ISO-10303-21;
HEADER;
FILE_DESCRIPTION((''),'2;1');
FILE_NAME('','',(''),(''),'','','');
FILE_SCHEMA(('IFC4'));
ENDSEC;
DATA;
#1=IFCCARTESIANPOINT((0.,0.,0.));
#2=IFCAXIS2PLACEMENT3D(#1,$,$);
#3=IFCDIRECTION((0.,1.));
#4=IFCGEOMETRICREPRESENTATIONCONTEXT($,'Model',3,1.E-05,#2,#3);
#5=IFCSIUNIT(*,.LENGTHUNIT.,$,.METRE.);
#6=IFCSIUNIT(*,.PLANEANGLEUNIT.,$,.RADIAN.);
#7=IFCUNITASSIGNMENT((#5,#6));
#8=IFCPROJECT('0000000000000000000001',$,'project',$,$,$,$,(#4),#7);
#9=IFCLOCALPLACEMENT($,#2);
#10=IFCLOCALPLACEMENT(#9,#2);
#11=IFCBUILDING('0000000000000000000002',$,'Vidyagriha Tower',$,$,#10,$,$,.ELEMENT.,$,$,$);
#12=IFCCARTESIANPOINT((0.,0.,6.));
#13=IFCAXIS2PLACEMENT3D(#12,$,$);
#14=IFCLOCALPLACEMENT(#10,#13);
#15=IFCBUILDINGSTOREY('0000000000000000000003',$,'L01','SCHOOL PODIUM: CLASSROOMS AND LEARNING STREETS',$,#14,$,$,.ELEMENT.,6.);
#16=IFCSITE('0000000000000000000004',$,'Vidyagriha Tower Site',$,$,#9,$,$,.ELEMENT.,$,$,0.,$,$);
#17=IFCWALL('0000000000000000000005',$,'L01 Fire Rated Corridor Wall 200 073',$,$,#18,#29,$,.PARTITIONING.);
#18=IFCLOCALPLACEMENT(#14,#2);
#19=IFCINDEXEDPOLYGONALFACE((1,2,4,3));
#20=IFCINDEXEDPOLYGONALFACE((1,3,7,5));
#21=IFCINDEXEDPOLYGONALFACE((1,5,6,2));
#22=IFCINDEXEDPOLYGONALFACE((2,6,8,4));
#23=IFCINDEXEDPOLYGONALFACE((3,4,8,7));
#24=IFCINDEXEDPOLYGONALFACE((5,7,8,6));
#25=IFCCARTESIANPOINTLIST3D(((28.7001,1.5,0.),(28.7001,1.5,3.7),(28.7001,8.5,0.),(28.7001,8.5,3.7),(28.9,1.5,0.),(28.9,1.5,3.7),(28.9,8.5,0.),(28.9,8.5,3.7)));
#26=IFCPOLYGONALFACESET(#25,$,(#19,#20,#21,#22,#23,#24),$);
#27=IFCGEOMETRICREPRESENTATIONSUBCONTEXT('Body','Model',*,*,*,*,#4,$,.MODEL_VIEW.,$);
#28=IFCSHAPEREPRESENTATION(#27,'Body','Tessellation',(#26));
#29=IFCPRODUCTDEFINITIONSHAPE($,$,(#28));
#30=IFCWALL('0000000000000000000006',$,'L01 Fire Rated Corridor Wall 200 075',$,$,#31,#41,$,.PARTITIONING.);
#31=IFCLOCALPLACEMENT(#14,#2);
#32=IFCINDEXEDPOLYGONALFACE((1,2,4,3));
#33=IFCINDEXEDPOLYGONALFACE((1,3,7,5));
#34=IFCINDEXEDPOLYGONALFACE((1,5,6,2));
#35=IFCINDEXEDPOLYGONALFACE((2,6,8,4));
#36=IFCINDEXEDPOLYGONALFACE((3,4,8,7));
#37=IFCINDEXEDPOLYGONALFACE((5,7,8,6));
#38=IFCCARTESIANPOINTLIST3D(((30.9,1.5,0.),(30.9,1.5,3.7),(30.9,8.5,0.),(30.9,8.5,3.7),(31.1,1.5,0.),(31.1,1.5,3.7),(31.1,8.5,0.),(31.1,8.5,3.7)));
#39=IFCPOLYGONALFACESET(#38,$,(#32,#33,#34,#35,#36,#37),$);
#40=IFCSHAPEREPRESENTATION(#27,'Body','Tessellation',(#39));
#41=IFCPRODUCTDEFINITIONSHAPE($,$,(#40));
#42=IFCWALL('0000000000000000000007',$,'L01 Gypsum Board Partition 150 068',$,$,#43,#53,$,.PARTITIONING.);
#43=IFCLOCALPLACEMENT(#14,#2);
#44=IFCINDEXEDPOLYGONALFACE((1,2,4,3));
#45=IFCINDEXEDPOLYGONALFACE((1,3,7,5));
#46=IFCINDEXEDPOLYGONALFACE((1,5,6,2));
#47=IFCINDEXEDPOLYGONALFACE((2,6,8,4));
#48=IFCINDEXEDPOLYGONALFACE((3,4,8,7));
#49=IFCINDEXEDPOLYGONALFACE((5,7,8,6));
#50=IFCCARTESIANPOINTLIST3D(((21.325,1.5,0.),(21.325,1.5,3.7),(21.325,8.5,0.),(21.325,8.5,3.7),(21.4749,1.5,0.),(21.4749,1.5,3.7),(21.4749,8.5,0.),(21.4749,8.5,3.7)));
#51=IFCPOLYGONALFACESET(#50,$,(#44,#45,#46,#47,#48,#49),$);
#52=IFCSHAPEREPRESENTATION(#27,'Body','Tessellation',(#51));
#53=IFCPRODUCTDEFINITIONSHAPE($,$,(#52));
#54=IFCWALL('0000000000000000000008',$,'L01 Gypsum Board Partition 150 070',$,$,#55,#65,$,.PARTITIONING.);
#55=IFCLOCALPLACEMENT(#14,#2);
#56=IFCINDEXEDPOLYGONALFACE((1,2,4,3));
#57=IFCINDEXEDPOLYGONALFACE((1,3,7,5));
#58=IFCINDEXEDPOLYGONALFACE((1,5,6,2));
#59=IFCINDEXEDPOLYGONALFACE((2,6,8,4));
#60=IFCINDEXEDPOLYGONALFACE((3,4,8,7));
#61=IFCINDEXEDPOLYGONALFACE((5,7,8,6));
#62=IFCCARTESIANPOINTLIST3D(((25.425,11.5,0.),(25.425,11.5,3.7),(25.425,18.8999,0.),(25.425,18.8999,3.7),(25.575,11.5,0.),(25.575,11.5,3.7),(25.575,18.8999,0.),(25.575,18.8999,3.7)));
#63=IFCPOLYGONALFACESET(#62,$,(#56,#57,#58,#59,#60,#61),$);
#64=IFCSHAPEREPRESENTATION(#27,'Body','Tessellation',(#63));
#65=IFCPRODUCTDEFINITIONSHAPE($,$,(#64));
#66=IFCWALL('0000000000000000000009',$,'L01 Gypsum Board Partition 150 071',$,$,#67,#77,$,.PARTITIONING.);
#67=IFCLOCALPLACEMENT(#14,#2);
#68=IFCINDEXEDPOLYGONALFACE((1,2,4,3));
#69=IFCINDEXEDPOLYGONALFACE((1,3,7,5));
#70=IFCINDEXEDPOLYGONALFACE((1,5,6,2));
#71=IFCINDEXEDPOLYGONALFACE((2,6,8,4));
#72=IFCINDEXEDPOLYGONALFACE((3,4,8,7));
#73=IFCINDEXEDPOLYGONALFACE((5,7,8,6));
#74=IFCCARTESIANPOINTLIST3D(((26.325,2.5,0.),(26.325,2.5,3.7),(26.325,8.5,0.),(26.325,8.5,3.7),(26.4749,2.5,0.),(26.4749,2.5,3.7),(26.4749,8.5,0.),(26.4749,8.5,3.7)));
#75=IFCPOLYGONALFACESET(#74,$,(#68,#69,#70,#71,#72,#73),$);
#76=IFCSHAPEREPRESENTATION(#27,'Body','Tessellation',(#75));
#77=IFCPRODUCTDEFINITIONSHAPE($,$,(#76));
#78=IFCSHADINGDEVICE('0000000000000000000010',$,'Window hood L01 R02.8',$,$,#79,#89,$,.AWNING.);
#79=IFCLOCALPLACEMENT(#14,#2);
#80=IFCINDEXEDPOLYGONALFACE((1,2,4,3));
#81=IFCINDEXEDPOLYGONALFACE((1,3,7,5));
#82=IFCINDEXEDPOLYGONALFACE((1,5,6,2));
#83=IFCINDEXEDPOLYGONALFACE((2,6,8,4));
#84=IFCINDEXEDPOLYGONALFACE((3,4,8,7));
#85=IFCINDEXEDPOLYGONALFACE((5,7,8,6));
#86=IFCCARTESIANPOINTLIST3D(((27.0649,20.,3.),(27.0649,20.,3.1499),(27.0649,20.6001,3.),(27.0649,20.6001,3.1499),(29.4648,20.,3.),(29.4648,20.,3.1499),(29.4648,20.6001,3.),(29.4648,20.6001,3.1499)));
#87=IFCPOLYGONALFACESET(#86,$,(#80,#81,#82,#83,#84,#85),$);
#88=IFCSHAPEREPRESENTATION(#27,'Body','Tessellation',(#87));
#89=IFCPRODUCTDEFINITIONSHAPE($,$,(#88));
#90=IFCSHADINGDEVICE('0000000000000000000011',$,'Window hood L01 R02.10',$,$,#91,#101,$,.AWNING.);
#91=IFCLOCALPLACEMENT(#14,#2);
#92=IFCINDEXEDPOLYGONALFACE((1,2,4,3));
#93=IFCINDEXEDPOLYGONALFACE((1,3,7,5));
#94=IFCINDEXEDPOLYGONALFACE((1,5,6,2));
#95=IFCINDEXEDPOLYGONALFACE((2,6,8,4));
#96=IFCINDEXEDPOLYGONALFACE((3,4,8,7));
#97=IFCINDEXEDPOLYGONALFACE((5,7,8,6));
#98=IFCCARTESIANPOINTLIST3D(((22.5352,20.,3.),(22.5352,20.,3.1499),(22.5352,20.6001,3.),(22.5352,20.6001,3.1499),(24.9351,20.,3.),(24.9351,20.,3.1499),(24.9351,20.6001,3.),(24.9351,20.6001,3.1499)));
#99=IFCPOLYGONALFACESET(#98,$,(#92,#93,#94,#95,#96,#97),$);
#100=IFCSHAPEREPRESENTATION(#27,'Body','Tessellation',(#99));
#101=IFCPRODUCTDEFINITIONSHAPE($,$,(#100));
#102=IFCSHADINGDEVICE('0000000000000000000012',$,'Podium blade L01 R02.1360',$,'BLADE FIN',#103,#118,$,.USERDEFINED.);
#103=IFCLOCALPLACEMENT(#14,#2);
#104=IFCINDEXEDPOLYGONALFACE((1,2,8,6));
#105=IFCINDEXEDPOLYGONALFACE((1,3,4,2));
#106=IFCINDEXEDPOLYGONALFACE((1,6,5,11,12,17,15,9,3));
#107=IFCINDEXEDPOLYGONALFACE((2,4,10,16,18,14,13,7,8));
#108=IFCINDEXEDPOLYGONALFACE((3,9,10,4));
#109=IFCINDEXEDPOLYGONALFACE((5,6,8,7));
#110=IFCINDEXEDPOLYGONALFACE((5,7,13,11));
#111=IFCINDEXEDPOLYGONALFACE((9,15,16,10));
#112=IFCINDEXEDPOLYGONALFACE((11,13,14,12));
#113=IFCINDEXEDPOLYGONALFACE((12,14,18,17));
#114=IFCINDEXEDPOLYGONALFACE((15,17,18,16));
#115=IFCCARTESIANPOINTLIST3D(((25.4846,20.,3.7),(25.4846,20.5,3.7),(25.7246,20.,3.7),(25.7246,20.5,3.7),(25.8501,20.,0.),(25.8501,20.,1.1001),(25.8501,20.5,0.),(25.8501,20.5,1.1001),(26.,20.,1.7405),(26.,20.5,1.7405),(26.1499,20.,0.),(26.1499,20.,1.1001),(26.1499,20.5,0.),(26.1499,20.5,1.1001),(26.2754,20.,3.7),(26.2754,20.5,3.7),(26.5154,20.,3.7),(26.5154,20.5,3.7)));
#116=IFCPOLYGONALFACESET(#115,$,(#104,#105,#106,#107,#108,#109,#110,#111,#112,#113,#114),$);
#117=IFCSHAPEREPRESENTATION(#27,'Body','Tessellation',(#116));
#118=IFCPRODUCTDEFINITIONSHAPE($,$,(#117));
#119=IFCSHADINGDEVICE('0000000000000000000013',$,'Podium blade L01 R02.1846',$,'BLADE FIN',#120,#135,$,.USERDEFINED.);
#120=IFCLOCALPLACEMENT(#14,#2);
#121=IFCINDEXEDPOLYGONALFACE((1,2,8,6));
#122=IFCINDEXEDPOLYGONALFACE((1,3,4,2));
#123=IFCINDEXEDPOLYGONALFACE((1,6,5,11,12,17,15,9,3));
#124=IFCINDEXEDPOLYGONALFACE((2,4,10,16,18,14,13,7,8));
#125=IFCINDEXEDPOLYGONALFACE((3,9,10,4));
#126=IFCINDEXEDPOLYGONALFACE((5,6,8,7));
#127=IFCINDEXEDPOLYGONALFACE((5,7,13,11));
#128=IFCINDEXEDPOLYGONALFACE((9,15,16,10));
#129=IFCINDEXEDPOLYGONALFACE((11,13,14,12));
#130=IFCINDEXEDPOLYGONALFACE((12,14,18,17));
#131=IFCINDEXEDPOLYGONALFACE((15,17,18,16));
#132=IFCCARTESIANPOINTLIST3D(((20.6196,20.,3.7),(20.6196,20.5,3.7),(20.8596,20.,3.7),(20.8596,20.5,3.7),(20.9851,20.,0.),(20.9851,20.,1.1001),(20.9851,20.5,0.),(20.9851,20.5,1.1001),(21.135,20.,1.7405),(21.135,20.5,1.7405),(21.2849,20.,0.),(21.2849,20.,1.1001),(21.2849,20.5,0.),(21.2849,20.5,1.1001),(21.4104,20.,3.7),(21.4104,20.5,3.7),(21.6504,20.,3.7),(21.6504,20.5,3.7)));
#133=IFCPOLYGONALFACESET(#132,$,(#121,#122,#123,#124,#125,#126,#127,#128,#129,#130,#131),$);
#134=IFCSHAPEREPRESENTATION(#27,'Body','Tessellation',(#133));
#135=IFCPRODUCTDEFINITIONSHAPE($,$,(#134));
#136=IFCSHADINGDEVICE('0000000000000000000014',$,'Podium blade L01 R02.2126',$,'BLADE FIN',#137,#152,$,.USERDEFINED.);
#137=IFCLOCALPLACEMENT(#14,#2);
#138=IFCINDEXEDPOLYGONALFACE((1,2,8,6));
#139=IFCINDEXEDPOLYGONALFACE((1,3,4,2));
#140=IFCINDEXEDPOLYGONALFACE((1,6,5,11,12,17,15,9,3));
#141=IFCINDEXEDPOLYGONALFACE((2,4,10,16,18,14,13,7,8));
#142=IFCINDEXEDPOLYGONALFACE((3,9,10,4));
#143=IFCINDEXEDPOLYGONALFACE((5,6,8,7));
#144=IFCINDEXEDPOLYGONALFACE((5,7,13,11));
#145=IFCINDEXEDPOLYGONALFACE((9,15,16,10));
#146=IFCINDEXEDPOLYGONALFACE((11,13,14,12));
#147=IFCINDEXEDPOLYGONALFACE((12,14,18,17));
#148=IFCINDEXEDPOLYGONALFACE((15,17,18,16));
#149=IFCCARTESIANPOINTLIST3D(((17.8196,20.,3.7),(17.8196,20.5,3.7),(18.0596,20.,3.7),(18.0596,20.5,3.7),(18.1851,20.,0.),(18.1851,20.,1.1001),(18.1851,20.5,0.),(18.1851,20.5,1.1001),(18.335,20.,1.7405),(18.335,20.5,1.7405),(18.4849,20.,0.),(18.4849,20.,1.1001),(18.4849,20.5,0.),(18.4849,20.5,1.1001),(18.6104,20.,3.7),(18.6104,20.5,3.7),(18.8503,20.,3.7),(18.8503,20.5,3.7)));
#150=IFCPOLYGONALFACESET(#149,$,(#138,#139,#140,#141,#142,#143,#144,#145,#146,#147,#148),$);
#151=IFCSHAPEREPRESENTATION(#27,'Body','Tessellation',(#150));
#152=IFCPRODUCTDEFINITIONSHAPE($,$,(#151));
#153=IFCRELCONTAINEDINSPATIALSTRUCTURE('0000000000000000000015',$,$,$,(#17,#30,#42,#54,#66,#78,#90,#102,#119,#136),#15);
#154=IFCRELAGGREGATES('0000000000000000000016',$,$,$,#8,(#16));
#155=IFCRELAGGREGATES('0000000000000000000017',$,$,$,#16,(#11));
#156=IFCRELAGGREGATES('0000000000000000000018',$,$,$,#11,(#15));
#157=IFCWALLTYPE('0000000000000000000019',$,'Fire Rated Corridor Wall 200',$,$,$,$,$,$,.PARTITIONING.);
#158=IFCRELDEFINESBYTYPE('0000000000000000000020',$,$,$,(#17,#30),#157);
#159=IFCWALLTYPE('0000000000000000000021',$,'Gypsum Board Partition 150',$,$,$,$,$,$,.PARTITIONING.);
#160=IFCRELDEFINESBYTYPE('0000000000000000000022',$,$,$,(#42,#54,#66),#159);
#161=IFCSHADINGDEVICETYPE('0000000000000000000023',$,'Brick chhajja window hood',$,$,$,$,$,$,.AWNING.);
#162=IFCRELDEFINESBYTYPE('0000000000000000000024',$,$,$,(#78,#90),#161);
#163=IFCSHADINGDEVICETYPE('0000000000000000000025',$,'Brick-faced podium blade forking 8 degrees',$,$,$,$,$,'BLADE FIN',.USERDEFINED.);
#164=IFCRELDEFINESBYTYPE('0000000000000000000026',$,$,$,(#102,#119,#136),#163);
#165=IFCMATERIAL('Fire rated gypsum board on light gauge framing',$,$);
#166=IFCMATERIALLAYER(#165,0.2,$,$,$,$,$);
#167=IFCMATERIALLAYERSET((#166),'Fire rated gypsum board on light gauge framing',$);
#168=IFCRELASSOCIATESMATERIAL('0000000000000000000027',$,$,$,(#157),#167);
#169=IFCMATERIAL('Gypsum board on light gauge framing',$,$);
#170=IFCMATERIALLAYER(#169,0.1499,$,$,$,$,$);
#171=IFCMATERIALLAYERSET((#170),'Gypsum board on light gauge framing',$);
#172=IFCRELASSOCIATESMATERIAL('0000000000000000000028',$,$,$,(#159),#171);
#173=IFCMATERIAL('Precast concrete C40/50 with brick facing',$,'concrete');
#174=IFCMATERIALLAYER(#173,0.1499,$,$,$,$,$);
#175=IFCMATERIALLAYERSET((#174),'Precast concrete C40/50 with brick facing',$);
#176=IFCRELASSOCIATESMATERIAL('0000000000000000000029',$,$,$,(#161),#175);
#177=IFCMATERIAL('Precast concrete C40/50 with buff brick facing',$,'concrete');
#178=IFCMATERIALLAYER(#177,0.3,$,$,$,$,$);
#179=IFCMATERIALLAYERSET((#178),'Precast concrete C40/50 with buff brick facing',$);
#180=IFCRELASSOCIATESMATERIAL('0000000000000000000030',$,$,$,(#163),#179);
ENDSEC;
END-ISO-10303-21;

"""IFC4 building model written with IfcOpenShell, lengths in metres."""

from ifc_helpers import new_model, si_unit, direction, frame, frame_2d, origin, origin_2d, place, context, subcontext, project, spatial, polyline, rectangle, outline, extrude, material, layer, layer_set, type_object, element, save


model = new_model("IFC4")

# Units and contexts
model_context = context("Model", 3, precision=1e-05, world=origin(), true_north=direction((0.0, 1.0)))
body_context = subcontext(model_context, "Body", "Model", "MODEL_VIEW")
ifc_project = project(units=[si_unit("LENGTHUNIT", "METRE"), si_unit("PLANEANGLEUNIT", "RADIAN")], contexts=[model_context])

# Site, building, storey
site_placement = place(None, origin())
site = spatial("IfcSite", under=ifc_project, at=site_placement, Name="Vidyagriha Tower Site", CompositionType="ELEMENT", RefElevation=0.0)
building_placement = place(site_placement, origin())
building = spatial("IfcBuilding", under=site, at=building_placement, Name="Vidyagriha Tower", CompositionType="ELEMENT")
storey_placement = place(building_placement, frame((0.0, 0.0, 6.0)))
storey = spatial("IfcBuildingStorey", under=building, at=storey_placement, Name="L01", Description="SCHOOL PODIUM: CLASSROOMS AND LEARNING STREETS", CompositionType="ELEMENT", Elevation=6.0)

# Shared definitions
ifc_material_1 = material(Name="Fire rated gypsum board on light gauge framing")
ifc_layer_1 = layer(ifc_material_1, 0.2)
ifc_layer_set_1 = layer_set([ifc_layer_1], Name="Fire rated gypsum board on light gauge framing")
wall_type_1 = type_object("IfcWallType", Name="Fire Rated Corridor Wall 200", PredefinedType="PARTITIONING", material=ifc_layer_set_1)

# Walls
for number, where, z_axis, x_axis, name in (
    (1, (28.8, 1.5, 0.0), (0.0, 0.0, 1.0), (0.0, 1.0, 0.0), "L01 Fire Rated Corridor Wall 200 073"),
    (2, (31.0, 1.5, 0.0), (0.0, 0.0, 1.0), (0.0, 1.0, 0.0), "L01 Fire Rated Corridor Wall 200 075"),
):
    element("IfcWall", number, at=place(storey_placement, frame(where, z_axis=z_axis, x_axis=x_axis)), inside=storey, type_object=wall_type_1, Name=name, PredefinedType="PARTITIONING", context=body_context, shape_type="SweptSolid", body=[
        extrude(rectangle(XDim=7.0, YDim=0.2, at=frame_2d((3.5, 0.0))), origin(), (0.0, 0.0, 1.0), 3.7),
    ])
ifc_material_2 = material(Name="Gypsum board on light gauge framing")
ifc_layer_2 = layer(ifc_material_2, 0.1499)
ifc_layer_set_2 = layer_set([ifc_layer_2], Name="Gypsum board on light gauge framing")
wall_type_2 = type_object("IfcWallType", Name="Gypsum Board Partition 150", PredefinedType="PARTITIONING", material=ifc_layer_set_2)
wall_1_placement = place(storey_placement, frame((21.3999, 1.5, 0.0), z_axis=(0.0, 0.0, 1.0), x_axis=(0.0, 1.0, 0.0)))
element("IfcWall", 3, at=wall_1_placement, inside=storey, type_object=wall_type_2, Name="L01 Gypsum Board Partition 150 068", PredefinedType="PARTITIONING", context=body_context, shape_type="SweptSolid", body=[
    extrude(rectangle(XDim=7.0, YDim=0.1499, at=frame_2d((3.5, 0.0))), origin(), (0.0, 0.0, 1.0), 3.7),
])
wall_2_placement = place(storey_placement, frame((25.5, 11.5, 0.0), z_axis=(0.0, 0.0, 1.0), x_axis=(0.0, 1.0, 0.0)))
element("IfcWall", 4, at=wall_2_placement, inside=storey, type_object=wall_type_2, Name="L01 Gypsum Board Partition 150 070", PredefinedType="PARTITIONING", context=body_context, shape_type="SweptSolid", body=[
    extrude(rectangle(XDim=7.3999, YDim=0.1499, at=frame_2d((3.7, 0.0))), origin(), (0.0, 0.0, 1.0), 3.7),
])
wall_3_placement = place(storey_placement, frame((26.3999, 2.5, 0.0), z_axis=(0.0, 0.0, 1.0), x_axis=(0.0, 1.0, 0.0)))
element("IfcWall", 5, at=wall_3_placement, inside=storey, type_object=wall_type_2, Name="L01 Gypsum Board Partition 150 071", PredefinedType="PARTITIONING", context=body_context, shape_type="SweptSolid", body=[
    extrude(rectangle(XDim=6.0, YDim=0.1499, at=frame_2d((3.0, 0.0))), origin(), (0.0, 0.0, 1.0), 3.7),
])

# Shading devices
ifc_material_3 = material(Name="Precast concrete C40/50 with brick facing", Category="concrete")
ifc_layer_3 = layer(ifc_material_3, 0.1499)
ifc_layer_set_3 = layer_set([ifc_layer_3], Name="Precast concrete C40/50 with brick facing")
shading_device_type_1 = type_object("IfcShadingDeviceType", Name="Brick chhajja window hood", PredefinedType="AWNING", material=ifc_layer_set_3)
for number, where, z_axis, x_axis, name in (
    (6, (28.2649, 20.3, 3.0), (0.0, 0.0, 1.0), (-1.0, 0.0, 0.0), "Window hood L01 R02.8"),
    (7, (23.7351, 20.3, 3.0), (0.0, 0.0, 1.0), (-1.0, 0.0, 0.0), "Window hood L01 R02.10"),
):
    element("IfcShadingDevice", number, at=place(storey_placement, frame(where, z_axis=z_axis, x_axis=x_axis)), inside=storey, type_object=shading_device_type_1, Name=name, PredefinedType="AWNING", context=body_context, shape_type="SweptSolid", body=[
        extrude(rectangle(XDim=2.3999, YDim=0.6001, at=origin_2d()), origin(), (0.0, 0.0, 1.0), 0.1499),
    ])
ifc_material_4 = material(Name="Precast concrete C40/50 with buff brick facing", Category="concrete")
ifc_layer_4 = layer(ifc_material_4, 0.3)
ifc_layer_set_4 = layer_set([ifc_layer_4], Name="Precast concrete C40/50 with buff brick facing")
shading_device_type_2 = type_object("IfcShadingDeviceType", Name="Brick-faced podium blade forking 8 degrees", ElementType="BLADE FIN", PredefinedType="USERDEFINED", material=ifc_layer_set_4)
for number, where, z_axis, x_axis, name in (
    (8, (26.5154, 20.25, 0.0), (0.0, 0.0, 1.0), (-1.0, 0.0, 0.0), "Podium blade L01 R02.1360"),
    (9, (21.6504, 20.25, 0.0), (0.0, 0.0, 1.0), (-1.0, 0.0, 0.0), "Podium blade L01 R02.1846"),
    (10, (18.8503, 20.25, 0.0), (0.0, 0.0, 1.0), (-1.0, 0.0, 0.0), "Podium blade L01 R02.2126"),
):
    element("IfcShadingDevice", number, at=place(storey_placement, frame(where, z_axis=z_axis, x_axis=x_axis)), inside=storey, type_object=shading_device_type_2, Name=name, ObjectType="BLADE FIN", PredefinedType="USERDEFINED", context=body_context, shape_type="SweptSolid", body=[
        extrude(outline(polyline([(0.6653, 0.0), (0.6653, 1.1001), (1.0308, 3.7), (0.7908, 3.7), (0.5154, 1.7405), (0.24, 3.7), (0.0, 3.7), (0.3655, 1.1001), (0.3655, 0.0), (0.6653, 0.0)])), frame((0.0, 0.25, 0.0), z_axis=(0.0, -1.0, 0.0), x_axis=(1.0, 0.0, 0.0)), (0.0, 0.0, 1.0), 0.5),
    ])

save(model, "model.ifc")
